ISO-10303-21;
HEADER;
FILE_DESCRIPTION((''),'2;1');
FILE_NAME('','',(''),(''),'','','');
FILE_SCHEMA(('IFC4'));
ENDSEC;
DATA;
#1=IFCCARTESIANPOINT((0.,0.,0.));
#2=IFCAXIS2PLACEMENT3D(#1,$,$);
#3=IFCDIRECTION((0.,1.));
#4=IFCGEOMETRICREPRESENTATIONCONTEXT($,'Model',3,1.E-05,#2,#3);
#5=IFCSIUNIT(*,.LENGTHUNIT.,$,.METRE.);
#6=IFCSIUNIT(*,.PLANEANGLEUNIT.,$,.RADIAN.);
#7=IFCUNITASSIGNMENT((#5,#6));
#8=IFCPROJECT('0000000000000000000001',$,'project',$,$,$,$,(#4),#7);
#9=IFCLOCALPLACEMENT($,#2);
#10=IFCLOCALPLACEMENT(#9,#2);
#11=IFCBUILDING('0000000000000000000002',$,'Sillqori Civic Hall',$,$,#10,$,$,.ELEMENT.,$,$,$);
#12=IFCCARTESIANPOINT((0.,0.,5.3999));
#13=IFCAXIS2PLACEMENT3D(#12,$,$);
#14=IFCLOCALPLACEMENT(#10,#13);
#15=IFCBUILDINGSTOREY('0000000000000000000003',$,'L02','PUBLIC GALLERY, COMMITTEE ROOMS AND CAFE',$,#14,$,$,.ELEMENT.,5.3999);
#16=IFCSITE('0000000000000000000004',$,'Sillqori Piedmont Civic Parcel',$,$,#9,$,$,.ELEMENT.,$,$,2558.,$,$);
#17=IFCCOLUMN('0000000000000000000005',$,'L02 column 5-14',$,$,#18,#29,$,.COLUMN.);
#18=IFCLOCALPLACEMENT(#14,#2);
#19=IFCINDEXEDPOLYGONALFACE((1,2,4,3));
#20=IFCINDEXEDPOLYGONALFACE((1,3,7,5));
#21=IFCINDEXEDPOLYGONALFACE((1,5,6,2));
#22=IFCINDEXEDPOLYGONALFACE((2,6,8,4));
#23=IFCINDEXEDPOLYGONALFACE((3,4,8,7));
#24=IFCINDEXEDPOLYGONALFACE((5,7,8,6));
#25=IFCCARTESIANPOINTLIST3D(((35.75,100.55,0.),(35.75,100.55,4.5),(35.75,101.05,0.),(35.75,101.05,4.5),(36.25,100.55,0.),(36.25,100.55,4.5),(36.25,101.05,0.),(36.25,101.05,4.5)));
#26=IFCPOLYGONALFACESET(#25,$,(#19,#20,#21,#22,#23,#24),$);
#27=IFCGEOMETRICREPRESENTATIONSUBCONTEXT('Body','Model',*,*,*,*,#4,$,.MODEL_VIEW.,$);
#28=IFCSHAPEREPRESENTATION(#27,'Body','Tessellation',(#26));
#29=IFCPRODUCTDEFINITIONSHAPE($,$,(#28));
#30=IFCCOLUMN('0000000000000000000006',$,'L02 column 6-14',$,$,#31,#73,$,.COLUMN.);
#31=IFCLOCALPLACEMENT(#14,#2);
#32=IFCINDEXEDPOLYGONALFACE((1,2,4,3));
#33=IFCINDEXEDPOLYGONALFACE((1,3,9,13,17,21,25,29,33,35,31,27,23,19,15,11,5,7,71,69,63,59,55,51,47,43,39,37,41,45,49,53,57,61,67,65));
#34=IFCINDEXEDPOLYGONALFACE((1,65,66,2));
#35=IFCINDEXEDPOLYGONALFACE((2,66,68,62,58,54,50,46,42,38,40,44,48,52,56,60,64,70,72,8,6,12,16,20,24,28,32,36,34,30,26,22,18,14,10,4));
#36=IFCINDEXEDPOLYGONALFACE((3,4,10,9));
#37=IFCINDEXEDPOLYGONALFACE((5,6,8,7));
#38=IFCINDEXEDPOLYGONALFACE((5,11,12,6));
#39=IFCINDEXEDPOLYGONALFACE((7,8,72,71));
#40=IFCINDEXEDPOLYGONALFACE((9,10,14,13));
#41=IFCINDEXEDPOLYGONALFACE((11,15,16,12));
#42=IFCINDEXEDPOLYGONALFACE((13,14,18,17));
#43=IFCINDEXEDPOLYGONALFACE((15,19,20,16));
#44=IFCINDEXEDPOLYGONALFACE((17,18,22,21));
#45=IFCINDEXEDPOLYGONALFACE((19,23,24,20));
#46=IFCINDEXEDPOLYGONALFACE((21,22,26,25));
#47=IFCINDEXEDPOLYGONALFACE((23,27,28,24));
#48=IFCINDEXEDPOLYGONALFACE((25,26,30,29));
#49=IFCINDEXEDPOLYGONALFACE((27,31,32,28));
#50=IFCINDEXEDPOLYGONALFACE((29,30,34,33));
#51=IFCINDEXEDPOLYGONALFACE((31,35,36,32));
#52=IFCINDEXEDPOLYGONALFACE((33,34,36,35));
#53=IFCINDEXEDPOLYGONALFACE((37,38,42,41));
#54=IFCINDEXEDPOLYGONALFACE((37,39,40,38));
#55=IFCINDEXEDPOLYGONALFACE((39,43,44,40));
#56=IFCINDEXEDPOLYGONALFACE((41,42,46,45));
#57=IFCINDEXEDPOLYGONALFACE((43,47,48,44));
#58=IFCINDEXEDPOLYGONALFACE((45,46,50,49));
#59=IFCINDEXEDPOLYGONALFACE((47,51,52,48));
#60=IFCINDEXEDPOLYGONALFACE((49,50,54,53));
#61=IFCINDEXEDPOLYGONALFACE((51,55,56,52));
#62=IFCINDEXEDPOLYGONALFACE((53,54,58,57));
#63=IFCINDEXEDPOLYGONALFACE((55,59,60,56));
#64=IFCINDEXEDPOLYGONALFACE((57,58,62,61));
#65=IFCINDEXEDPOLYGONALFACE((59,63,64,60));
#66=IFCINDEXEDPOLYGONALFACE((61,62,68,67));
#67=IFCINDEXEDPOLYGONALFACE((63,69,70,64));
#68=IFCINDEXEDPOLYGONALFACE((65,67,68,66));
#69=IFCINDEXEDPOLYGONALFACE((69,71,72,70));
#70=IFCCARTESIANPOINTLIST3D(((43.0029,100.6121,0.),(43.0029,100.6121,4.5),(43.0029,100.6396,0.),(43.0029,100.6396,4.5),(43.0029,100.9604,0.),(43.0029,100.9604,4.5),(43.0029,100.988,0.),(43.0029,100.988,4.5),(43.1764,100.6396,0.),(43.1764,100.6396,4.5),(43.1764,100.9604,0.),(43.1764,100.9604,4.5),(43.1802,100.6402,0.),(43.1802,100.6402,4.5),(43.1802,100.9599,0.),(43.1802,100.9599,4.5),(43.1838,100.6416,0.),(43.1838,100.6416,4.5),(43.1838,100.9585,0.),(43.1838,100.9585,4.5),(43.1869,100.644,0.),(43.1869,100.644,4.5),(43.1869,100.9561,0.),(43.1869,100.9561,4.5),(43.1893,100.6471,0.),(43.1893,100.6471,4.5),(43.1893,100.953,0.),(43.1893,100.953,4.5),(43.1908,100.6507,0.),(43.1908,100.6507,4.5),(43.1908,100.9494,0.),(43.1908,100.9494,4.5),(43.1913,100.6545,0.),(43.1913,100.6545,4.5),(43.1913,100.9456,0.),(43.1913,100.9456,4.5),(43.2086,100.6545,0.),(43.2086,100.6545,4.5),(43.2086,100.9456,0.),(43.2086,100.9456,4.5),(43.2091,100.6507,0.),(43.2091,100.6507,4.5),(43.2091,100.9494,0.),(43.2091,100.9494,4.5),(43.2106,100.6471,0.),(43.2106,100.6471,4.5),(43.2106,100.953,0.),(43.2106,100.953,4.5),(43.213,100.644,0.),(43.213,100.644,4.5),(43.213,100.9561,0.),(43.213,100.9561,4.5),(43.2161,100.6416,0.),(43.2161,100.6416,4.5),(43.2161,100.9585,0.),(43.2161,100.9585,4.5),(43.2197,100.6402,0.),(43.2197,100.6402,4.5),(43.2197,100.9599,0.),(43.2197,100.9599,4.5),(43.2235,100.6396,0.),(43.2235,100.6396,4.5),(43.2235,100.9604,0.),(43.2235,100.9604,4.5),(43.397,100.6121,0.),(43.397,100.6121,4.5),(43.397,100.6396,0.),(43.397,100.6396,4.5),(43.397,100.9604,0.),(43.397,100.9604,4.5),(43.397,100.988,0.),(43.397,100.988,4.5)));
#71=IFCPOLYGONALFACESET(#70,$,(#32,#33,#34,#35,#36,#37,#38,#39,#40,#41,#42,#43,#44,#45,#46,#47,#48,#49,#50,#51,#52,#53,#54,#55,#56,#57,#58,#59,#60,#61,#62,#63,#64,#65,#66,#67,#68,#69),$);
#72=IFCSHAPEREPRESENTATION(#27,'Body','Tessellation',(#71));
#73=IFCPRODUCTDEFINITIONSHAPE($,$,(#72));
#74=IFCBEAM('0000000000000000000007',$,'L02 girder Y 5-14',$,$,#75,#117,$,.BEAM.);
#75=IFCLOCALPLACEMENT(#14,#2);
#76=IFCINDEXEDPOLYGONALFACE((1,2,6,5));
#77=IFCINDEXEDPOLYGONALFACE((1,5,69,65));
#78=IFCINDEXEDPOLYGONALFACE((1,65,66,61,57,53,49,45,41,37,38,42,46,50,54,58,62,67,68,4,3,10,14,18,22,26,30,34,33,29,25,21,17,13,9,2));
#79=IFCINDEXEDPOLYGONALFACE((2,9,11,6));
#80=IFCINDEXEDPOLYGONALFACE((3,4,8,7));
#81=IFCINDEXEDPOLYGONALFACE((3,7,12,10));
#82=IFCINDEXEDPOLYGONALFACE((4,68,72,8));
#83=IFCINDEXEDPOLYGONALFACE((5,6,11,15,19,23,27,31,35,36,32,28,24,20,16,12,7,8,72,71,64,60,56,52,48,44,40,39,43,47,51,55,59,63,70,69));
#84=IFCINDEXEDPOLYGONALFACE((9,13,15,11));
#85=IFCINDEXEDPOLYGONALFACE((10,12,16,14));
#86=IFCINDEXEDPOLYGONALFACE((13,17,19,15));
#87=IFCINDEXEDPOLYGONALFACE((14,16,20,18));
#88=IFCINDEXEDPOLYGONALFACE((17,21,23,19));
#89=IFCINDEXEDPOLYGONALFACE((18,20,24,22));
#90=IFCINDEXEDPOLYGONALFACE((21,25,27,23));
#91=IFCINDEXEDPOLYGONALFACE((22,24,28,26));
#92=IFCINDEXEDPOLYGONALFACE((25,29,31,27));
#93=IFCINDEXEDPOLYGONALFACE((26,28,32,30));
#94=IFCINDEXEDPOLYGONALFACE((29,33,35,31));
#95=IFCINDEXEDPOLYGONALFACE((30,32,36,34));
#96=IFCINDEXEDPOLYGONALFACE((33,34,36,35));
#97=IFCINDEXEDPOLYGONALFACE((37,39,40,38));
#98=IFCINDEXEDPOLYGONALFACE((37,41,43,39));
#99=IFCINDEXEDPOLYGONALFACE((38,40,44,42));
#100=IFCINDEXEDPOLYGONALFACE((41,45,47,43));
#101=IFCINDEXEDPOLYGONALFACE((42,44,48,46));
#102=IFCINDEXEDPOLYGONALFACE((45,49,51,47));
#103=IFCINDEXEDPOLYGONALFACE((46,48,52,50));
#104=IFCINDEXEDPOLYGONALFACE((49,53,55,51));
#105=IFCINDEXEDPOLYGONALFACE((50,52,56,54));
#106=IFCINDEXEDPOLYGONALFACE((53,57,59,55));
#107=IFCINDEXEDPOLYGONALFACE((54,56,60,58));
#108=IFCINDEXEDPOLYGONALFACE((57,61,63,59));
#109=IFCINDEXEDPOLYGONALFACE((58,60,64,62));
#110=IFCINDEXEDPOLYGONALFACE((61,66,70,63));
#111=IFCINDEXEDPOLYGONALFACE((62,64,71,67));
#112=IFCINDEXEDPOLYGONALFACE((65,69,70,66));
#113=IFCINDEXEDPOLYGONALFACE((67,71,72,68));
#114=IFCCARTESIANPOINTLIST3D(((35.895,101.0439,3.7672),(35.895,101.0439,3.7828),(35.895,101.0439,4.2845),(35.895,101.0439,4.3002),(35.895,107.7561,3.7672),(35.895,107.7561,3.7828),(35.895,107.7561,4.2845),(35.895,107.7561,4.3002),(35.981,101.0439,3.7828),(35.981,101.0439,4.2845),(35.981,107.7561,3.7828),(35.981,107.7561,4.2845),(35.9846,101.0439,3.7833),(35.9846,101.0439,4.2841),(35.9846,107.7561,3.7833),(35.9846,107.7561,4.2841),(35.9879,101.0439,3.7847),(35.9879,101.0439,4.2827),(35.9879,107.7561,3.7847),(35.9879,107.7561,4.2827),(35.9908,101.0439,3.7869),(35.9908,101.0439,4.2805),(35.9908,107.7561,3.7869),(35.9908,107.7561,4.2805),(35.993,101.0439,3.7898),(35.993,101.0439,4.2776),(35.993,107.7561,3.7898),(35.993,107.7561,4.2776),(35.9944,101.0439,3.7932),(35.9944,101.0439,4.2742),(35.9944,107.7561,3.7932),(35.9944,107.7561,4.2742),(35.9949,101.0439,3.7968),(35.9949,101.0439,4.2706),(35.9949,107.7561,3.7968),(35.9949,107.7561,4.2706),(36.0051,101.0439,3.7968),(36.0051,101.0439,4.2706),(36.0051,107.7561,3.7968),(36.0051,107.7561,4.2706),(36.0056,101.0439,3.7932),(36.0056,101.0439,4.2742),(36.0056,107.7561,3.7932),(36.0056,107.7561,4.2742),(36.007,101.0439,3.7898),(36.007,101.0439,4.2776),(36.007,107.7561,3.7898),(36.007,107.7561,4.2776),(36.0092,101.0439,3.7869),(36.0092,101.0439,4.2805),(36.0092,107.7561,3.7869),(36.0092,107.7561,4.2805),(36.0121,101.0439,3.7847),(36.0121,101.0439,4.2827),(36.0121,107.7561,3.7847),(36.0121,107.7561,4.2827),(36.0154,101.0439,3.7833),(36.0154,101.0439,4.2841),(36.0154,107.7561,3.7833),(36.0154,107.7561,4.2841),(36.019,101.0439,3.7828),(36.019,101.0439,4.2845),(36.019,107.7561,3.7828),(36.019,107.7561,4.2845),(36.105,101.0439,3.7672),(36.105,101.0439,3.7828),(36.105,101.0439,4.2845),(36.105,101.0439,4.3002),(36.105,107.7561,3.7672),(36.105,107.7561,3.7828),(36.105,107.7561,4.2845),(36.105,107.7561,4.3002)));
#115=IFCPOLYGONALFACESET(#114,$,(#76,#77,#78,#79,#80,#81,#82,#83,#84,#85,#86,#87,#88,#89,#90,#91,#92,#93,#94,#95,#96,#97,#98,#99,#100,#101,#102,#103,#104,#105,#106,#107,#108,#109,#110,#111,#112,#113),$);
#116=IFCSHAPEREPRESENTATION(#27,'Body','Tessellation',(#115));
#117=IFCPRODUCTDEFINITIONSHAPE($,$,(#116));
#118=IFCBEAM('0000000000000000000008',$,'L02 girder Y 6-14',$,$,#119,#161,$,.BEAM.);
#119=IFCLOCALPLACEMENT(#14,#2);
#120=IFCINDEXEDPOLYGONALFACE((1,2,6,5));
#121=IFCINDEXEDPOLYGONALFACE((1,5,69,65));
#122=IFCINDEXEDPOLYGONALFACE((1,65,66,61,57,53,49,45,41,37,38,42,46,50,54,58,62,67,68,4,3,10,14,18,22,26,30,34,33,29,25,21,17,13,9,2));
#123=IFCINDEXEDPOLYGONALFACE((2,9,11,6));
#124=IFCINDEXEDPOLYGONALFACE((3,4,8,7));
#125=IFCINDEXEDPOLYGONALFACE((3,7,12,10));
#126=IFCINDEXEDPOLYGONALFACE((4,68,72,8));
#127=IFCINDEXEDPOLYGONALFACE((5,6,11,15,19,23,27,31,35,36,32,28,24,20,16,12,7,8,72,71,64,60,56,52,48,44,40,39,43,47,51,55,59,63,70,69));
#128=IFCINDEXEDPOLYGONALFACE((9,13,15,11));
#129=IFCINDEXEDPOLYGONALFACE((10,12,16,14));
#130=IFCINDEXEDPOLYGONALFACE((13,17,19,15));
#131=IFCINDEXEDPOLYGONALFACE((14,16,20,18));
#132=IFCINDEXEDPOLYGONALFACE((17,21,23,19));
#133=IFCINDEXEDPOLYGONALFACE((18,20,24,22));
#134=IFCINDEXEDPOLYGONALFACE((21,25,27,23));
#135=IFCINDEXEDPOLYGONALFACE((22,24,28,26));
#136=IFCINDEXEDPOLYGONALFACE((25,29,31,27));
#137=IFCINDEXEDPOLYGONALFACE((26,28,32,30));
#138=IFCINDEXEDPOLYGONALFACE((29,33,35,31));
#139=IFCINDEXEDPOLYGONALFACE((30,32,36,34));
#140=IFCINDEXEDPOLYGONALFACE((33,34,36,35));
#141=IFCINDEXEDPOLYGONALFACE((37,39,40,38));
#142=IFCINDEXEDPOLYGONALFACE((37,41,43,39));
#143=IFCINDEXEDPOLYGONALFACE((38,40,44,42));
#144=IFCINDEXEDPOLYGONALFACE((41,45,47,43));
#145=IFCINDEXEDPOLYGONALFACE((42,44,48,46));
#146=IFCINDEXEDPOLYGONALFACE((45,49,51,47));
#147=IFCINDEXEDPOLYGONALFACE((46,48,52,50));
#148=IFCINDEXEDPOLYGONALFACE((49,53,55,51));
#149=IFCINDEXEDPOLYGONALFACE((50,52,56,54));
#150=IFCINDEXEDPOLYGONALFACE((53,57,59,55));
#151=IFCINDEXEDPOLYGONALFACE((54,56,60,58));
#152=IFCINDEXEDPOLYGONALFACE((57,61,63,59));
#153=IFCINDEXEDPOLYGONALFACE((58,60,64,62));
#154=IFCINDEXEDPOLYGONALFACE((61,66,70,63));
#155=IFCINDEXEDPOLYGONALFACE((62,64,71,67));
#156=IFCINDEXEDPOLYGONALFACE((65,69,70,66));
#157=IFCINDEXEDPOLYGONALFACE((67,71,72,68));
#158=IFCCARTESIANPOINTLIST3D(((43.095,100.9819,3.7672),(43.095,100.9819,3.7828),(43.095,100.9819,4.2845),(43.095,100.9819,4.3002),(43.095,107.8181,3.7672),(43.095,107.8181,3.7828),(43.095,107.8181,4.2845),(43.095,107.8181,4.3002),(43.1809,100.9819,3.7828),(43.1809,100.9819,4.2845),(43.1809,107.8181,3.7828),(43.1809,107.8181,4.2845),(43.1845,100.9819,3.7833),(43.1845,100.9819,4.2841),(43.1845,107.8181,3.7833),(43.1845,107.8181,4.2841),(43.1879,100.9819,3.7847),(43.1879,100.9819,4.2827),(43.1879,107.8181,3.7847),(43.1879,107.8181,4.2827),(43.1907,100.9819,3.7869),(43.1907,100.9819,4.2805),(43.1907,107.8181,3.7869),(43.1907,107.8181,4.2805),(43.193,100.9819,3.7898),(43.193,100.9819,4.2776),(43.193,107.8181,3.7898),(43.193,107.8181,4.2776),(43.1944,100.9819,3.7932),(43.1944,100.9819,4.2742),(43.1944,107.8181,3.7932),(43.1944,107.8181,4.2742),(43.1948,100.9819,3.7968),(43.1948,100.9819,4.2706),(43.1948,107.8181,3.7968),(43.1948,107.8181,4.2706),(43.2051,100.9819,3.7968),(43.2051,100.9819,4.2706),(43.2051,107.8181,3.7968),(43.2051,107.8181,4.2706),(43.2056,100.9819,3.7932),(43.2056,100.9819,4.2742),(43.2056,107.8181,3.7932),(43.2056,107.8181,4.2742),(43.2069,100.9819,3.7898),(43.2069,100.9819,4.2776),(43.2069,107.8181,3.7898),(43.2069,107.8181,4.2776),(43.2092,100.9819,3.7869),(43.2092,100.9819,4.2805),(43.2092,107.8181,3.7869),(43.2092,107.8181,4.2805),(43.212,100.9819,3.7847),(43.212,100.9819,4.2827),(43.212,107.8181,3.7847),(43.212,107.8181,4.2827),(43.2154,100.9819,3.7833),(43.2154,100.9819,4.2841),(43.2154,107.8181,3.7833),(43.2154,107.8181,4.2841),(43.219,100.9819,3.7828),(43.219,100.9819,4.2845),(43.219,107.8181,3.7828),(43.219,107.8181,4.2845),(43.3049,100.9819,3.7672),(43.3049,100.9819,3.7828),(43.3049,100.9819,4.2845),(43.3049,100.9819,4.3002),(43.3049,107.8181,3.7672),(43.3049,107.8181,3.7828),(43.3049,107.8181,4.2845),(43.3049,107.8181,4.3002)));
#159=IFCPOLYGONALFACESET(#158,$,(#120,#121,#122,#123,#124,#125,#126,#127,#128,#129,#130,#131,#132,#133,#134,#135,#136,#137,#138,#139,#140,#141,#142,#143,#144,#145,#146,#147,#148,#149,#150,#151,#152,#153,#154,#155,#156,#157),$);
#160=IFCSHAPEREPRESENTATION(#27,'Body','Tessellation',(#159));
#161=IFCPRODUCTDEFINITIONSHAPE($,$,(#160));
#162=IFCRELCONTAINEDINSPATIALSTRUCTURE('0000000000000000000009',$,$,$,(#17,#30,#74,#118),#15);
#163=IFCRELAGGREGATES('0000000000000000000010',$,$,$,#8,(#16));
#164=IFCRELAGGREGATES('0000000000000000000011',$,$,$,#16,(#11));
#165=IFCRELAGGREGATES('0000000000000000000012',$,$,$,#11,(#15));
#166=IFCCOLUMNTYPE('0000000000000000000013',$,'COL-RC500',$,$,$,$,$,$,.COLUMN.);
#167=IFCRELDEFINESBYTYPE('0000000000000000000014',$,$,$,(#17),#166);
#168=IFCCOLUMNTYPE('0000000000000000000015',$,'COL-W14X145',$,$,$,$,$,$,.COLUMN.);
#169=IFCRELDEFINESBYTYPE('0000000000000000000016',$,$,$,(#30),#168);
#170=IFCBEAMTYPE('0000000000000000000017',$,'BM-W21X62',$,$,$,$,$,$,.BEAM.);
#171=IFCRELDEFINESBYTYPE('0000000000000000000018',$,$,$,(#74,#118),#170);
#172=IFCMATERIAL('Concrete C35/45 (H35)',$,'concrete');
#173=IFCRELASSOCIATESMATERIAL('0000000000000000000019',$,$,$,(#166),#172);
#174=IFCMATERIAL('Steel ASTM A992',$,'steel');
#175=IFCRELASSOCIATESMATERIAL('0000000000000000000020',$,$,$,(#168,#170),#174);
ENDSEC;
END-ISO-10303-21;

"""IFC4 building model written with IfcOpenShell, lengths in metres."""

from ifc_helpers import new_model, si_unit, direction, frame, origin, origin_2d, place, context, subcontext, project, spatial, rectangle, i_section, extrude, material, material_profile, profile_set, type_object, element, save


model = new_model("IFC4")

# Units and contexts
model_context = context("Model", 3, precision=1e-05, world=origin(), true_north=direction((0.0, 1.0)))
body_context = subcontext(model_context, "Body", "Model", "MODEL_VIEW")
ifc_project = project(units=[si_unit("LENGTHUNIT", "METRE"), si_unit("PLANEANGLEUNIT", "RADIAN")], contexts=[model_context])

# Site, building, storey
site_placement = place(None, origin())
site = spatial("IfcSite", under=ifc_project, at=site_placement, Name="Sillqori Piedmont Civic Parcel", CompositionType="ELEMENT", RefElevation=2558.0)
building_placement = place(site_placement, origin())
building = spatial("IfcBuilding", under=site, at=building_placement, Name="Sillqori Civic Hall", CompositionType="ELEMENT")
storey_placement = place(building_placement, frame((0.0, 0.0, 5.3999)))
storey = spatial("IfcBuildingStorey", under=building, at=storey_placement, Name="L02", Description="PUBLIC GALLERY, COMMITTEE ROOMS AND CAFE", CompositionType="ELEMENT", Elevation=5.3999)

# Columns
ifc_material_1 = material(Name="Concrete C35/45 (H35)", Category="concrete")
ifc_material_profile_1 = material_profile(ifc_material_1, rectangle(XDim=0.5, YDim=0.5, at=origin_2d()), Name="RC 500x500")
ifc_profile_set_1 = profile_set([ifc_material_profile_1], Name="Concrete C35/45 (H35)")
column_type_1 = type_object("IfcColumnType", Name="COL-RC500", PredefinedType="COLUMN", material=ifc_profile_set_1)
column_1_placement = place(storey_placement, frame((36.0, 100.8, 0.0), z_axis=(0.0, 0.0, 1.0), x_axis=(1.0, 0.0, 0.0)))
element("IfcColumn", 1, at=column_1_placement, inside=storey, type_object=column_type_1, Name="L02 column 5-14", PredefinedType="COLUMN", context=body_context, shape_type="SweptSolid", body=[
    extrude(rectangle(XDim=0.5, YDim=0.5, at=origin_2d()), origin(), (0.0, 0.0, 1.0), 4.5),
])
ifc_material_2 = material(Name="Steel ASTM A992", Category="steel")
ifc_material_profile_2 = material_profile(ifc_material_2, i_section(OverallWidth=0.394, OverallDepth=0.376, WebThickness=0.0173, FlangeThickness=0.0276, FilletRadius=0.0149, at=origin_2d()), Name="W14X145")
ifc_profile_set_2 = profile_set([ifc_material_profile_2], Name="Steel ASTM A992")
column_type_2 = type_object("IfcColumnType", Name="COL-W14X145", PredefinedType="COLUMN", material=ifc_profile_set_2)
column_2_placement = place(storey_placement, frame((43.2, 100.8, 0.0), z_axis=(0.0, 0.0, 1.0), x_axis=(1.0, 0.0, 0.0)))
element("IfcColumn", 2, at=column_2_placement, inside=storey, type_object=column_type_2, Name="L02 column 6-14", PredefinedType="COLUMN", context=body_context, shape_type="SweptSolid", body=[
    extrude(i_section(OverallWidth=0.394, OverallDepth=0.376, WebThickness=0.0173, FlangeThickness=0.0276, FilletRadius=0.0149, at=origin_2d()), origin(), (0.0, 0.0, 1.0), 4.5),
])

# Beams
ifc_material_profile_3 = material_profile(ifc_material_2, i_section(OverallWidth=0.21, OverallDepth=0.533, WebThickness=0.0103, FlangeThickness=0.0156, FilletRadius=0.0139, at=origin_2d()), Name="W21X62")
ifc_profile_set_3 = profile_set([ifc_material_profile_3], Name="Steel ASTM A992")
beam_type_1 = type_object("IfcBeamType", Name="BM-W21X62", PredefinedType="BEAM", material=ifc_profile_set_3)
beam_1_placement = place(storey_placement, frame((36.0, 101.0439, 4.0337), z_axis=(0.0, 1.0, 0.0), x_axis=(-1.0, 0.0, 0.0)))
element("IfcBeam", 3, at=beam_1_placement, inside=storey, type_object=beam_type_1, Name="L02 girder Y 5-14", PredefinedType="BEAM", context=body_context, shape_type="SweptSolid", body=[
    extrude(i_section(OverallWidth=0.21, OverallDepth=0.533, WebThickness=0.0103, FlangeThickness=0.0156, FilletRadius=0.0139, at=origin_2d()), origin(), (0.0, 0.0, 1.0), 6.7122),
])
beam_2_placement = place(storey_placement, frame((43.2, 100.9819, 4.0337), z_axis=(0.0, 1.0, 0.0), x_axis=(-1.0, 0.0, 0.0)))
element("IfcBeam", 4, at=beam_2_placement, inside=storey, type_object=beam_type_1, Name="L02 girder Y 6-14", PredefinedType="BEAM", context=body_context, shape_type="SweptSolid", body=[
    extrude(i_section(OverallWidth=0.21, OverallDepth=0.533, WebThickness=0.0103, FlangeThickness=0.0156, FilletRadius=0.0139, at=origin_2d()), origin(), (0.0, 0.0, 1.0), 6.8362),
])

save(model, "model.ifc")
